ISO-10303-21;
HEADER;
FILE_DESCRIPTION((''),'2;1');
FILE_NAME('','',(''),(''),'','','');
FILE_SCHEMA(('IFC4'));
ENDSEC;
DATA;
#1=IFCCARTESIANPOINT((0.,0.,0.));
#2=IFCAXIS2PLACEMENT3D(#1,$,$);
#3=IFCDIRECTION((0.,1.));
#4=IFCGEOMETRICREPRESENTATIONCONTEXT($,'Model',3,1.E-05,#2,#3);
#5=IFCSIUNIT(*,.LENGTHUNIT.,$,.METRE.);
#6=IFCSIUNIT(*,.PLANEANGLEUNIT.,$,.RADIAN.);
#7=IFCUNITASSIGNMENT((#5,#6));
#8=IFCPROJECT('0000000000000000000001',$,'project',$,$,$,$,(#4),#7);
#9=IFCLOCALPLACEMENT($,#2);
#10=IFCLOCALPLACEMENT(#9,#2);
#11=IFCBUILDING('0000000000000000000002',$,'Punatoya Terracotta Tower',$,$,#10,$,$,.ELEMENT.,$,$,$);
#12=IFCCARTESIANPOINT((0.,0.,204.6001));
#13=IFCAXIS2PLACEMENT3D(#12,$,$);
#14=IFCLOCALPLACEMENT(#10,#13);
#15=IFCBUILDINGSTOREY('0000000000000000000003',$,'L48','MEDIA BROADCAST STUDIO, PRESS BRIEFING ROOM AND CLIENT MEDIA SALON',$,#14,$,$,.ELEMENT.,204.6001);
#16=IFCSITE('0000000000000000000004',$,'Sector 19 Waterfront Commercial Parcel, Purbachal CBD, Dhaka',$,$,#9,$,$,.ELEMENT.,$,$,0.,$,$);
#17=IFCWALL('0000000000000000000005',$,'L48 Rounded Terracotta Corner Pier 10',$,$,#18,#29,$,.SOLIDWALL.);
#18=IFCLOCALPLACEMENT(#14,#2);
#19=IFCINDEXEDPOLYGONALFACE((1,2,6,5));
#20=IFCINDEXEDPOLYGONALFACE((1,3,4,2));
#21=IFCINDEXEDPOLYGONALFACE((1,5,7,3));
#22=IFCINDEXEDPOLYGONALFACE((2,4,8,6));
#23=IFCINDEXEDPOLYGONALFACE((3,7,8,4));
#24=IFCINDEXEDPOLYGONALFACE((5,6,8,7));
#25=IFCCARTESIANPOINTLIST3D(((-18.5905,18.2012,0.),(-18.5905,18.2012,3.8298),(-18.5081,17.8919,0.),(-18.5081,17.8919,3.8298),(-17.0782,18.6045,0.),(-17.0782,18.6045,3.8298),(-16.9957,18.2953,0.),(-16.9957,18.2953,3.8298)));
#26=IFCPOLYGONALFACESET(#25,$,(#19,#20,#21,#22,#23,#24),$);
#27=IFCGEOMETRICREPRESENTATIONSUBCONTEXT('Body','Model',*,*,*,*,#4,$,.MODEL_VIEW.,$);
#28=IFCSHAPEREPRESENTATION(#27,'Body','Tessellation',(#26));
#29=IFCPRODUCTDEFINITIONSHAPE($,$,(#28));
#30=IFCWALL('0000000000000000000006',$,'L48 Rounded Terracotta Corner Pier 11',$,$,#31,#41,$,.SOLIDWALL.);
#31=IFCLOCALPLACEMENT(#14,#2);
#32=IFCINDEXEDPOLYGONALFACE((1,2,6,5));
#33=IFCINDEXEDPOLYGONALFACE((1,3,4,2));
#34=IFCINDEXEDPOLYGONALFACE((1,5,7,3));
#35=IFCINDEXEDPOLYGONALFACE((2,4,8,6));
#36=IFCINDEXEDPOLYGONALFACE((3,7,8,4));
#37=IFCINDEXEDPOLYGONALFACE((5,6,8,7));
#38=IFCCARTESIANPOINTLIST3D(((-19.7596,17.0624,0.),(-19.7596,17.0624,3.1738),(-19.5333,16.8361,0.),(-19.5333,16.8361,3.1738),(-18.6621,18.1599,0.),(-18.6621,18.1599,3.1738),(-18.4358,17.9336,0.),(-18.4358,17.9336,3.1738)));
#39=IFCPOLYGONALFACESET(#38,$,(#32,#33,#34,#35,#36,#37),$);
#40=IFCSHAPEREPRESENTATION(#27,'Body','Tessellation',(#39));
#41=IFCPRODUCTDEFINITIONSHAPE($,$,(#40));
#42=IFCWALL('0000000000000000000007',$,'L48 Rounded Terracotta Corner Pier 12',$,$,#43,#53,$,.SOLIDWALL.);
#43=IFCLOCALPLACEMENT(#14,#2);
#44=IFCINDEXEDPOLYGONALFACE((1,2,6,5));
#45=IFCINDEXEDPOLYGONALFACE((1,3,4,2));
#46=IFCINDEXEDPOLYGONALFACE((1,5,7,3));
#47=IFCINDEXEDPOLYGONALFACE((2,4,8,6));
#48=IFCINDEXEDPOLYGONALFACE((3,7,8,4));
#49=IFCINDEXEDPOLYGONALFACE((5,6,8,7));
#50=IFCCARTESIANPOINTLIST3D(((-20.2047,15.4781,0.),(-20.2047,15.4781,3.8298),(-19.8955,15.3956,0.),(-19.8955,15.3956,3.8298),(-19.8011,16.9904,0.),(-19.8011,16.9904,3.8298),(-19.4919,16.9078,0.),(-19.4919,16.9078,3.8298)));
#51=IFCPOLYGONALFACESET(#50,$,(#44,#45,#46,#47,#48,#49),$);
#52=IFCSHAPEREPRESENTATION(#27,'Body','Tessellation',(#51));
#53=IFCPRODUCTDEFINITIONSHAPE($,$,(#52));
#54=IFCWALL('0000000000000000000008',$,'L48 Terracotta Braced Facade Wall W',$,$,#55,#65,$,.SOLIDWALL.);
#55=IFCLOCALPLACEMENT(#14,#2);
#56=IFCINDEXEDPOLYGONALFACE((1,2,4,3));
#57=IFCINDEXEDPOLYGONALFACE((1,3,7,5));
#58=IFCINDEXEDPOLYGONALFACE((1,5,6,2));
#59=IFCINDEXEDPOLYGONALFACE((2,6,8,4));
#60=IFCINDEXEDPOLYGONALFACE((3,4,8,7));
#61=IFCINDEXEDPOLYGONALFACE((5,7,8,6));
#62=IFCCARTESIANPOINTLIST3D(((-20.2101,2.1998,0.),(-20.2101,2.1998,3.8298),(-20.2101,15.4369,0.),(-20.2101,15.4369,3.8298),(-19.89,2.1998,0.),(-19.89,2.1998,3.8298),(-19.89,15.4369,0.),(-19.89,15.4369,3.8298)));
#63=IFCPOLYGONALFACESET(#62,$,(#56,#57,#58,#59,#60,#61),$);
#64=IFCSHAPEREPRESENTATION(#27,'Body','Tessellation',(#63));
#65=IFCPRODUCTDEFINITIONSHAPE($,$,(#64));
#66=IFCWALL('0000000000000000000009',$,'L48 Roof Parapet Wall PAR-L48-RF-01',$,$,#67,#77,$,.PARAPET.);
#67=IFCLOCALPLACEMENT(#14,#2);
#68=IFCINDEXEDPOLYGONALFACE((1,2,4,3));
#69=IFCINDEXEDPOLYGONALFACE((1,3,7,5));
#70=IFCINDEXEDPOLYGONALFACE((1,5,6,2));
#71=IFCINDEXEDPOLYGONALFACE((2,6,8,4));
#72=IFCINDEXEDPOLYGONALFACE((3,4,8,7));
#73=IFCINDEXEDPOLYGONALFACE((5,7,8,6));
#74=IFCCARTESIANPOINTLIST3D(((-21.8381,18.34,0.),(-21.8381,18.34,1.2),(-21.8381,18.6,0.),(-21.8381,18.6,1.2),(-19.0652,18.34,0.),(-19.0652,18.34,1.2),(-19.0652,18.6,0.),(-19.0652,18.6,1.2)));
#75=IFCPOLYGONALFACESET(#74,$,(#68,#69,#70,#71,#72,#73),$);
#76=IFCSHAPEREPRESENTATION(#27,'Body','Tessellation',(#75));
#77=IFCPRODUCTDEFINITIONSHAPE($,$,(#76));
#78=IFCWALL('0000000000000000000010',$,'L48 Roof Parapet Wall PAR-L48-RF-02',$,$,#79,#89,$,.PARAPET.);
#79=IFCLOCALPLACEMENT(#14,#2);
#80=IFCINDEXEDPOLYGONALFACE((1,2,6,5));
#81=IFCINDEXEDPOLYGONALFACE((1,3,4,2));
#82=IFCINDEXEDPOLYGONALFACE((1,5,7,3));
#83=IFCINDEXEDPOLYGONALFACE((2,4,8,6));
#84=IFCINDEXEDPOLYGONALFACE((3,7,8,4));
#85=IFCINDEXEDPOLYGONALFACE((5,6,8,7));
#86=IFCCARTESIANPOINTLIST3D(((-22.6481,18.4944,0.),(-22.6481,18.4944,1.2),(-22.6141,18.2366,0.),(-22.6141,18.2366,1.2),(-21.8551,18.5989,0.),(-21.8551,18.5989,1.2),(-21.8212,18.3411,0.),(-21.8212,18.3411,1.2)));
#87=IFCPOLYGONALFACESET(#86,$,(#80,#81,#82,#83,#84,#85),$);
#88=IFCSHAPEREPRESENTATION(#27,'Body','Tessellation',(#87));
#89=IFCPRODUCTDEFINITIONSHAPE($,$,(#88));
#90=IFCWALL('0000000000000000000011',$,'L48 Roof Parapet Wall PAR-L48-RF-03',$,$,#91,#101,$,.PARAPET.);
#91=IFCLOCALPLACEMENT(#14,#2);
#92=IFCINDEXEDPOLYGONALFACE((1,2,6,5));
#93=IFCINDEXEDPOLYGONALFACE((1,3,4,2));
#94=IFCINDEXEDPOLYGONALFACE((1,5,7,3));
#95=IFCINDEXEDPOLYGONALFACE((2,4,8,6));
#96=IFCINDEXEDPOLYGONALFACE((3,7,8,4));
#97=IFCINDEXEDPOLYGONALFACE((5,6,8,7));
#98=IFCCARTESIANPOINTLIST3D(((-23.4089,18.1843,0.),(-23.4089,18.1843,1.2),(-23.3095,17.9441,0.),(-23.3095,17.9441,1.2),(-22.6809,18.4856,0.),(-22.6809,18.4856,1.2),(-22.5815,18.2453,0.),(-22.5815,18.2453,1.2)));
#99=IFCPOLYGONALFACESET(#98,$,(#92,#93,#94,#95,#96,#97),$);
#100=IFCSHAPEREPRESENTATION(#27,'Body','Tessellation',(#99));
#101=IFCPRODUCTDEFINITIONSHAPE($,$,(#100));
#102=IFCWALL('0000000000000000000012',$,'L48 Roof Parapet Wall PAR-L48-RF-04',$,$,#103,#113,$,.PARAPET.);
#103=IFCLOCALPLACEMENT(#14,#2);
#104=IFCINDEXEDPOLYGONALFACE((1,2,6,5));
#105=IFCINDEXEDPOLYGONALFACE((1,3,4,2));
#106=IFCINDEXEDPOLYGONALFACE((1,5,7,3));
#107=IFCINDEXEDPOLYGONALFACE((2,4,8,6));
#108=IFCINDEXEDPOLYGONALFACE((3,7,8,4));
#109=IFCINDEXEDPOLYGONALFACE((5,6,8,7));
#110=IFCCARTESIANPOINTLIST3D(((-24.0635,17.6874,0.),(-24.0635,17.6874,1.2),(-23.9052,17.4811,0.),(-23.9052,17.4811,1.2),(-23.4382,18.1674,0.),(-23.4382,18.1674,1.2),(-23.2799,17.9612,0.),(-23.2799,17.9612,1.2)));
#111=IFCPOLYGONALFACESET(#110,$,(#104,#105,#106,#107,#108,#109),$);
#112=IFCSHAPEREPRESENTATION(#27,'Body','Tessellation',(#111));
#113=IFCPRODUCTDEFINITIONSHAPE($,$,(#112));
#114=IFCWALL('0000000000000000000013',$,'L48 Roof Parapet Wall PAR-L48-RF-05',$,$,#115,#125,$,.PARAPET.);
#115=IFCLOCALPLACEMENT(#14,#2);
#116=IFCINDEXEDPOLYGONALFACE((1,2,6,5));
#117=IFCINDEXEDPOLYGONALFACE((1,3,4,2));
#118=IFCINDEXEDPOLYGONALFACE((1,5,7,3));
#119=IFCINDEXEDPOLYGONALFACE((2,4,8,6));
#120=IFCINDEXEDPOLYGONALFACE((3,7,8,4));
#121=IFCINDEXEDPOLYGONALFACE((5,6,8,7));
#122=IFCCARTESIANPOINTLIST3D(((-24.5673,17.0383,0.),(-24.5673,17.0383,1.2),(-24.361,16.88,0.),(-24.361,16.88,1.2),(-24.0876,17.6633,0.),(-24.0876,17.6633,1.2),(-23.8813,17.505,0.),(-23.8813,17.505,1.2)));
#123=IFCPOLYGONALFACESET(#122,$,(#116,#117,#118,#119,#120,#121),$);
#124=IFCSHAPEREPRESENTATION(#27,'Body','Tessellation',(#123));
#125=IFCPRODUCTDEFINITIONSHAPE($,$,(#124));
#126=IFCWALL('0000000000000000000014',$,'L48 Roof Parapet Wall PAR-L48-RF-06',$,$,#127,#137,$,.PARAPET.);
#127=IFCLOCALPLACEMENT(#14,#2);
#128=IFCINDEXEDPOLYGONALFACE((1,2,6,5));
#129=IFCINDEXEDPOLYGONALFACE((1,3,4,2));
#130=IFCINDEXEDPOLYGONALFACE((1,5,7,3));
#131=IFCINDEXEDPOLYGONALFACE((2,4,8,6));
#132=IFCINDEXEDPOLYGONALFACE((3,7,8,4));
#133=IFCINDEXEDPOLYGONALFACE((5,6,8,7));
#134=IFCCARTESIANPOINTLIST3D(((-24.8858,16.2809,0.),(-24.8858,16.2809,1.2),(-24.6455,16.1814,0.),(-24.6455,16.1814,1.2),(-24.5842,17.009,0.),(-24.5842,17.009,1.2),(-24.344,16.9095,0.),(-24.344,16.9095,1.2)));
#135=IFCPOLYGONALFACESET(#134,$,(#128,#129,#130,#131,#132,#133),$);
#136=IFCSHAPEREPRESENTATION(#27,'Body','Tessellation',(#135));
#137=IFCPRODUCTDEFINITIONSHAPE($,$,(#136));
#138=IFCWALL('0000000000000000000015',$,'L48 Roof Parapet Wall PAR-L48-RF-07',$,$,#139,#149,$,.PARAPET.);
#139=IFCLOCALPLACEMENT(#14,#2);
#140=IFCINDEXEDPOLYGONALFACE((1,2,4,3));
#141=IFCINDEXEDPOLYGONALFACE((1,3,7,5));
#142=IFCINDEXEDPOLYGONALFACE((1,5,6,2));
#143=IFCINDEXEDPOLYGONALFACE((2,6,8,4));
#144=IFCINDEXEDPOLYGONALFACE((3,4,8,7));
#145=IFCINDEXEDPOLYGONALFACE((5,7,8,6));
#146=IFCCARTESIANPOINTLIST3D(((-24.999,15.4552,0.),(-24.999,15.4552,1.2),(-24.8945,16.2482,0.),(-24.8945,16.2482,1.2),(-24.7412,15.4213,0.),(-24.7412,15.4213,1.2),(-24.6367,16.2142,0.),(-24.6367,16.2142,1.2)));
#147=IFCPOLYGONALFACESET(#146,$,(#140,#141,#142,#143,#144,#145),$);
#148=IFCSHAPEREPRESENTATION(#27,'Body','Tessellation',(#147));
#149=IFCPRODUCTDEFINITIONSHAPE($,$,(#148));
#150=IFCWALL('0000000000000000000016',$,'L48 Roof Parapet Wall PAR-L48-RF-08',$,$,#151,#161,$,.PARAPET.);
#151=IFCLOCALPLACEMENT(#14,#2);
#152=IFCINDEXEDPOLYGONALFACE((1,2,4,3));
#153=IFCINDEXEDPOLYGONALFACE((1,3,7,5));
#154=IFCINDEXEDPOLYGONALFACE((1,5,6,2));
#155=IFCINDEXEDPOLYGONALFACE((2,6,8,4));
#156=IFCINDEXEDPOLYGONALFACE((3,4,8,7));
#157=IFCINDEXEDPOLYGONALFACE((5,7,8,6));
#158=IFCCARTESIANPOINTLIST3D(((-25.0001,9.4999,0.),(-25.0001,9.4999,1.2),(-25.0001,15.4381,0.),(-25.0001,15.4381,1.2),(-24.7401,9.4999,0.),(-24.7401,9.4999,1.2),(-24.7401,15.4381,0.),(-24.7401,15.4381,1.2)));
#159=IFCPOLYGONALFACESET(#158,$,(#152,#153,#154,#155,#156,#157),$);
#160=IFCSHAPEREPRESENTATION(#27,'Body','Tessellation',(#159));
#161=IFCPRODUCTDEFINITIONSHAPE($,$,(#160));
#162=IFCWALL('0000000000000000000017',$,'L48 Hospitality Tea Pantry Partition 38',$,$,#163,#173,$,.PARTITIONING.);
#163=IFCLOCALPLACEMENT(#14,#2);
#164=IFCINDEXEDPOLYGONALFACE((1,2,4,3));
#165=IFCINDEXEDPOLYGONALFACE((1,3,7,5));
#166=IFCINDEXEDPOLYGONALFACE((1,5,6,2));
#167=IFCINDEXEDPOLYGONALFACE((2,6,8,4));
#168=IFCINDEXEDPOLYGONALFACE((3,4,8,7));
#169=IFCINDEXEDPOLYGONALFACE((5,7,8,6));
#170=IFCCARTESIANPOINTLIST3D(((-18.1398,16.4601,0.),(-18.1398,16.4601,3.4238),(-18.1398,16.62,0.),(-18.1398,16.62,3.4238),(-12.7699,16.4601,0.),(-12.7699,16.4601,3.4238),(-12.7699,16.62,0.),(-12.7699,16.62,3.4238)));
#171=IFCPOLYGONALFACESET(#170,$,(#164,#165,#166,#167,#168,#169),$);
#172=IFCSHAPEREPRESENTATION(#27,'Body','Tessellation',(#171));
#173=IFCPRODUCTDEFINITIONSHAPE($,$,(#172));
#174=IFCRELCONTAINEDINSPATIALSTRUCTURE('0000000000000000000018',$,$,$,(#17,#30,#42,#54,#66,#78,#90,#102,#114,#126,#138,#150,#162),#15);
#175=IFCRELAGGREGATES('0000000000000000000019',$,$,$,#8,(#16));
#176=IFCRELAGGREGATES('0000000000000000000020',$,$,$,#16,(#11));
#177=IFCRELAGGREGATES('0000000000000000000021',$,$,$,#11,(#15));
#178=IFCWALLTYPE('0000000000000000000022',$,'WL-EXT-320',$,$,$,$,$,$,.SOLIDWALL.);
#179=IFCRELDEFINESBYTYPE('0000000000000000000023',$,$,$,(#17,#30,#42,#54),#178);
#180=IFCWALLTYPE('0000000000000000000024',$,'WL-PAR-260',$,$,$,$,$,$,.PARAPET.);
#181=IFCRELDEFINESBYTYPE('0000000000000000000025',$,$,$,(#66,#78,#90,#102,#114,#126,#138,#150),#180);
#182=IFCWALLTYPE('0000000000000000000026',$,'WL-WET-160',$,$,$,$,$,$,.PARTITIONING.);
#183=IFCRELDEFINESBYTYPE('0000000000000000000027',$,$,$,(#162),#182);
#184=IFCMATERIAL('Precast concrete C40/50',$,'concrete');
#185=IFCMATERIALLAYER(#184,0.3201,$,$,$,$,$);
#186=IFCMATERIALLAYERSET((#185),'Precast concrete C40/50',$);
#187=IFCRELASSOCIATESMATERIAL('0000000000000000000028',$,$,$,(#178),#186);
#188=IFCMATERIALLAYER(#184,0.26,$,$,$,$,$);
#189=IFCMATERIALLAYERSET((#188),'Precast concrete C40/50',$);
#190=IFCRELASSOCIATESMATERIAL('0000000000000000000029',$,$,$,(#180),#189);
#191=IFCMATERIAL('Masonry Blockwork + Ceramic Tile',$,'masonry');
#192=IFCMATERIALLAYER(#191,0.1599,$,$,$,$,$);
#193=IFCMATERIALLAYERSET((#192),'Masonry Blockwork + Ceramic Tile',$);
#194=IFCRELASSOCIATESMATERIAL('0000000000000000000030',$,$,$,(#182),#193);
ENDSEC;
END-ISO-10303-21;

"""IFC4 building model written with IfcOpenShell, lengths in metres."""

from ifc_helpers import new_model, si_unit, direction, frame, frame_2d, origin, place, context, subcontext, project, spatial, rectangle, extrude, material, layer, layer_set, type_object, element, save


model = new_model("IFC4")

# Units and contexts
model_context = context("Model", 3, precision=1e-05, world=origin(), true_north=direction((0.0, 1.0)))
body_context = subcontext(model_context, "Body", "Model", "MODEL_VIEW")
ifc_project = project(units=[si_unit("LENGTHUNIT", "METRE"), si_unit("PLANEANGLEUNIT", "RADIAN")], contexts=[model_context])

# Site, building, storey
site_placement = place(None, origin())
site = spatial("IfcSite", under=ifc_project, at=site_placement, Name="Sector 19 Waterfront Commercial Parcel, Purbachal CBD, Dhaka", CompositionType="ELEMENT", RefElevation=0.0)
building_placement = place(site_placement, origin())
building = spatial("IfcBuilding", under=site, at=building_placement, Name="Punatoya Terracotta Tower", CompositionType="ELEMENT")
storey_placement = place(building_placement, frame((0.0, 0.0, 204.6001)))
storey = spatial("IfcBuildingStorey", under=building, at=storey_placement, Name="L48", Description="MEDIA BROADCAST STUDIO, PRESS BRIEFING ROOM AND CLIENT MEDIA SALON", CompositionType="ELEMENT", Elevation=204.6001)

# Walls
ifc_material_1 = material(Name="Precast concrete C40/50", Category="concrete")
ifc_layer_1 = layer(ifc_material_1, 0.3201)
ifc_layer_set_1 = layer_set([ifc_layer_1], Name="Precast concrete C40/50")
wall_type_1 = type_object("IfcWallType", Name="WL-EXT-320", PredefinedType="SOLIDWALL", material=ifc_layer_set_1)
wall_1_placement = place(storey_placement, frame((-17.0369, 18.45, 0.0), z_axis=(0.0, 0.0, 1.0), x_axis=(-0.966225, -0.257701, 0.0)))
element("IfcWall", 1, at=wall_1_placement, inside=storey, type_object=wall_type_1, Name="L48 Rounded Terracotta Corner Pier 10", PredefinedType="SOLIDWALL", context=body_context, shape_type="SweptSolid", body=[
    extrude(rectangle(XDim=1.5652, YDim=0.3201, at=frame_2d((0.7827, 0.0))), origin(), (0.0, 0.0, 1.0), 3.8298),
])
wall_2_placement = place(storey_placement, frame((-18.5491, 18.0466, 0.0), z_axis=(0.0, 0.0, 1.0), x_axis=(-0.707107, -0.707107, 0.0)))
element("IfcWall", 2, at=wall_2_placement, inside=storey, type_object=wall_type_1, Name="L48 Rounded Terracotta Corner Pier 11", PredefinedType="SOLIDWALL", context=body_context, shape_type="SweptSolid", body=[
    extrude(rectangle(XDim=1.552, YDim=0.3201, at=frame_2d((0.7759, 0.0))), origin(), (0.0, 0.0, 1.0), 3.1738),
])
wall_3_placement = place(storey_placement, frame((-19.6465, 16.9492, 0.0), z_axis=(0.0, 0.0, 1.0), x_axis=(-0.257847, -0.966186, 0.0)))
element("IfcWall", 3, at=wall_3_placement, inside=storey, type_object=wall_type_1, Name="L48 Rounded Terracotta Corner Pier 12", PredefinedType="SOLIDWALL", context=body_context, shape_type="SweptSolid", body=[
    extrude(rectangle(XDim=1.5652, YDim=0.3201, at=frame_2d((0.7827, 0.0))), origin(), (0.0, 0.0, 1.0), 3.8298),
])
wall_4_placement = place(storey_placement, frame((-20.05, 15.437, 0.0), z_axis=(0.0, 0.0, 1.0), x_axis=(0.0, -1.0, 0.0)))
element("IfcWall", 4, at=wall_4_placement, inside=storey, type_object=wall_type_1, Name="L48 Terracotta Braced Facade Wall W", PredefinedType="SOLIDWALL", context=body_context, shape_type="SweptSolid", body=[
    extrude(rectangle(XDim=13.2371, YDim=0.3201, at=frame_2d((6.6187, 0.0))), origin(), (0.0, 0.0, 1.0), 3.8298),
])
ifc_layer_2 = layer(ifc_material_1, 0.26)
ifc_layer_set_2 = layer_set([ifc_layer_2], Name="Precast concrete C40/50")
wall_type_2 = type_object("IfcWallType", Name="WL-PAR-260", PredefinedType="PARAPET", material=ifc_layer_set_2)
wall_5_placement = place(storey_placement, frame((-19.0652, 18.47, 0.0), z_axis=(0.0, 0.0, 1.0), x_axis=(-1.0, 0.0, 0.0)))
element("IfcWall", 5, at=wall_5_placement, inside=storey, type_object=wall_type_2, Name="L48 Roof Parapet Wall PAR-L48-RF-01", PredefinedType="PARAPET", context=body_context, shape_type="SweptSolid", body=[
    extrude(rectangle(XDim=2.7729, YDim=0.26, at=frame_2d((1.3865, 0.0))), origin(), (0.0, 0.0, 1.0), 1.2),
])
wall_6_placement = place(storey_placement, frame((-21.8381, 18.47, 0.0), z_axis=(0.0, 0.0, 1.0), x_axis=(-0.991429, -0.130644, 0.0)))
element("IfcWall", 6, at=wall_6_placement, inside=storey, type_object=wall_type_2, Name="L48 Roof Parapet Wall PAR-L48-RF-02", PredefinedType="PARAPET", context=body_context, shape_type="SweptSolid", body=[
    extrude(rectangle(XDim=0.7998, YDim=0.26, at=frame_2d((0.3999, 0.0))), origin(), (0.0, 0.0, 1.0), 1.2),
])
wall_7_placement = place(storey_placement, frame((-22.6311, 18.3655, 0.0), z_axis=(0.0, 0.0, 1.0), x_axis=(-0.924009, -0.38237, 0.0)))
element("IfcWall", 7, at=wall_7_placement, inside=storey, type_object=wall_type_2, Name="L48 Roof Parapet Wall PAR-L48-RF-03", PredefinedType="PARAPET", context=body_context, shape_type="SweptSolid", body=[
    extrude(rectangle(XDim=0.7878, YDim=0.26, at=frame_2d((0.394, 0.0))), origin(), (0.0, 0.0, 1.0), 1.2),
])
wall_8_placement = place(storey_placement, frame((-23.3591, 18.0642, 0.0), z_axis=(0.0, 0.0, 1.0), x_axis=(-0.793222, -0.608932, 0.0)))
element("IfcWall", 8, at=wall_8_placement, inside=storey, type_object=wall_type_2, Name="L48 Roof Parapet Wall PAR-L48-RF-04", PredefinedType="PARAPET", context=body_context, shape_type="SweptSolid", body=[
    extrude(rectangle(XDim=0.7883, YDim=0.26, at=frame_2d((0.394, 0.0))), origin(), (0.0, 0.0, 1.0), 1.2),
])
wall_9_placement = place(storey_placement, frame((-23.9844, 17.5842, 0.0), z_axis=(0.0, 0.0, 1.0), x_axis=(-0.608887, -0.793257, 0.0)))
element("IfcWall", 9, at=wall_9_placement, inside=storey, type_object=wall_type_2, Name="L48 Roof Parapet Wall PAR-L48-RF-05", PredefinedType="PARAPET", context=body_context, shape_type="SweptSolid", body=[
    extrude(rectangle(XDim=0.7878, YDim=0.26, at=frame_2d((0.394, 0.0))), origin(), (0.0, 0.0, 1.0), 1.2),
])
wall_10_placement = place(storey_placement, frame((-24.4641, 16.9592, 0.0), z_axis=(0.0, 0.0, 1.0), x_axis=(-0.382635, -0.9239, 0.0)))
element("IfcWall", 10, at=wall_10_placement, inside=storey, type_object=wall_type_2, Name="L48 Roof Parapet Wall PAR-L48-RF-06", PredefinedType="PARAPET", context=body_context, shape_type="SweptSolid", body=[
    extrude(rectangle(XDim=0.7881, YDim=0.26, at=frame_2d((0.394, 0.0))), origin(), (0.0, 0.0, 1.0), 1.2),
])
wall_11_placement = place(storey_placement, frame((-24.7656, 16.2312, 0.0), z_axis=(0.0, 0.0, 1.0), x_axis=(-0.130644, -0.991429, 0.0)))
element("IfcWall", 11, at=wall_11_placement, inside=storey, type_object=wall_type_2, Name="L48 Roof Parapet Wall PAR-L48-RF-07", PredefinedType="PARAPET", context=body_context, shape_type="SweptSolid", body=[
    extrude(rectangle(XDim=0.7998, YDim=0.26, at=frame_2d((0.3999, 0.0))), origin(), (0.0, 0.0, 1.0), 1.2),
])
wall_12_placement = place(storey_placement, frame((-24.8701, 15.4382, 0.0), z_axis=(0.0, 0.0, 1.0), x_axis=(0.0, -1.0, 0.0)))
element("IfcWall", 12, at=wall_12_placement, inside=storey, type_object=wall_type_2, Name="L48 Roof Parapet Wall PAR-L48-RF-08", PredefinedType="PARAPET", context=body_context, shape_type="SweptSolid", body=[
    extrude(rectangle(XDim=5.9382, YDim=0.26, at=frame_2d((2.9692, 0.0))), origin(), (0.0, 0.0, 1.0), 1.2),
])
ifc_material_2 = material(Name="Masonry Blockwork + Ceramic Tile", Category="masonry")
ifc_layer_3 = layer(ifc_material_2, 0.1599)
ifc_layer_set_3 = layer_set([ifc_layer_3], Name="Masonry Blockwork + Ceramic Tile")
wall_type_3 = type_object("IfcWallType", Name="WL-WET-160", PredefinedType="PARTITIONING", material=ifc_layer_set_3)
wall_13_placement = place(storey_placement, frame((-18.1399, 16.54, 0.0), z_axis=(0.0, 0.0, 1.0), x_axis=(1.0, 0.0, 0.0)))
element("IfcWall", 13, at=wall_13_placement, inside=storey, type_object=wall_type_3, Name="L48 Hospitality Tea Pantry Partition 38", PredefinedType="PARTITIONING", context=body_context, shape_type="SweptSolid", body=[
    extrude(rectangle(XDim=5.3699, YDim=0.1599, at=frame_2d((2.6851, 0.0))), origin(), (0.0, 0.0, 1.0), 3.4238),
])

save(model, "model.ifc")
